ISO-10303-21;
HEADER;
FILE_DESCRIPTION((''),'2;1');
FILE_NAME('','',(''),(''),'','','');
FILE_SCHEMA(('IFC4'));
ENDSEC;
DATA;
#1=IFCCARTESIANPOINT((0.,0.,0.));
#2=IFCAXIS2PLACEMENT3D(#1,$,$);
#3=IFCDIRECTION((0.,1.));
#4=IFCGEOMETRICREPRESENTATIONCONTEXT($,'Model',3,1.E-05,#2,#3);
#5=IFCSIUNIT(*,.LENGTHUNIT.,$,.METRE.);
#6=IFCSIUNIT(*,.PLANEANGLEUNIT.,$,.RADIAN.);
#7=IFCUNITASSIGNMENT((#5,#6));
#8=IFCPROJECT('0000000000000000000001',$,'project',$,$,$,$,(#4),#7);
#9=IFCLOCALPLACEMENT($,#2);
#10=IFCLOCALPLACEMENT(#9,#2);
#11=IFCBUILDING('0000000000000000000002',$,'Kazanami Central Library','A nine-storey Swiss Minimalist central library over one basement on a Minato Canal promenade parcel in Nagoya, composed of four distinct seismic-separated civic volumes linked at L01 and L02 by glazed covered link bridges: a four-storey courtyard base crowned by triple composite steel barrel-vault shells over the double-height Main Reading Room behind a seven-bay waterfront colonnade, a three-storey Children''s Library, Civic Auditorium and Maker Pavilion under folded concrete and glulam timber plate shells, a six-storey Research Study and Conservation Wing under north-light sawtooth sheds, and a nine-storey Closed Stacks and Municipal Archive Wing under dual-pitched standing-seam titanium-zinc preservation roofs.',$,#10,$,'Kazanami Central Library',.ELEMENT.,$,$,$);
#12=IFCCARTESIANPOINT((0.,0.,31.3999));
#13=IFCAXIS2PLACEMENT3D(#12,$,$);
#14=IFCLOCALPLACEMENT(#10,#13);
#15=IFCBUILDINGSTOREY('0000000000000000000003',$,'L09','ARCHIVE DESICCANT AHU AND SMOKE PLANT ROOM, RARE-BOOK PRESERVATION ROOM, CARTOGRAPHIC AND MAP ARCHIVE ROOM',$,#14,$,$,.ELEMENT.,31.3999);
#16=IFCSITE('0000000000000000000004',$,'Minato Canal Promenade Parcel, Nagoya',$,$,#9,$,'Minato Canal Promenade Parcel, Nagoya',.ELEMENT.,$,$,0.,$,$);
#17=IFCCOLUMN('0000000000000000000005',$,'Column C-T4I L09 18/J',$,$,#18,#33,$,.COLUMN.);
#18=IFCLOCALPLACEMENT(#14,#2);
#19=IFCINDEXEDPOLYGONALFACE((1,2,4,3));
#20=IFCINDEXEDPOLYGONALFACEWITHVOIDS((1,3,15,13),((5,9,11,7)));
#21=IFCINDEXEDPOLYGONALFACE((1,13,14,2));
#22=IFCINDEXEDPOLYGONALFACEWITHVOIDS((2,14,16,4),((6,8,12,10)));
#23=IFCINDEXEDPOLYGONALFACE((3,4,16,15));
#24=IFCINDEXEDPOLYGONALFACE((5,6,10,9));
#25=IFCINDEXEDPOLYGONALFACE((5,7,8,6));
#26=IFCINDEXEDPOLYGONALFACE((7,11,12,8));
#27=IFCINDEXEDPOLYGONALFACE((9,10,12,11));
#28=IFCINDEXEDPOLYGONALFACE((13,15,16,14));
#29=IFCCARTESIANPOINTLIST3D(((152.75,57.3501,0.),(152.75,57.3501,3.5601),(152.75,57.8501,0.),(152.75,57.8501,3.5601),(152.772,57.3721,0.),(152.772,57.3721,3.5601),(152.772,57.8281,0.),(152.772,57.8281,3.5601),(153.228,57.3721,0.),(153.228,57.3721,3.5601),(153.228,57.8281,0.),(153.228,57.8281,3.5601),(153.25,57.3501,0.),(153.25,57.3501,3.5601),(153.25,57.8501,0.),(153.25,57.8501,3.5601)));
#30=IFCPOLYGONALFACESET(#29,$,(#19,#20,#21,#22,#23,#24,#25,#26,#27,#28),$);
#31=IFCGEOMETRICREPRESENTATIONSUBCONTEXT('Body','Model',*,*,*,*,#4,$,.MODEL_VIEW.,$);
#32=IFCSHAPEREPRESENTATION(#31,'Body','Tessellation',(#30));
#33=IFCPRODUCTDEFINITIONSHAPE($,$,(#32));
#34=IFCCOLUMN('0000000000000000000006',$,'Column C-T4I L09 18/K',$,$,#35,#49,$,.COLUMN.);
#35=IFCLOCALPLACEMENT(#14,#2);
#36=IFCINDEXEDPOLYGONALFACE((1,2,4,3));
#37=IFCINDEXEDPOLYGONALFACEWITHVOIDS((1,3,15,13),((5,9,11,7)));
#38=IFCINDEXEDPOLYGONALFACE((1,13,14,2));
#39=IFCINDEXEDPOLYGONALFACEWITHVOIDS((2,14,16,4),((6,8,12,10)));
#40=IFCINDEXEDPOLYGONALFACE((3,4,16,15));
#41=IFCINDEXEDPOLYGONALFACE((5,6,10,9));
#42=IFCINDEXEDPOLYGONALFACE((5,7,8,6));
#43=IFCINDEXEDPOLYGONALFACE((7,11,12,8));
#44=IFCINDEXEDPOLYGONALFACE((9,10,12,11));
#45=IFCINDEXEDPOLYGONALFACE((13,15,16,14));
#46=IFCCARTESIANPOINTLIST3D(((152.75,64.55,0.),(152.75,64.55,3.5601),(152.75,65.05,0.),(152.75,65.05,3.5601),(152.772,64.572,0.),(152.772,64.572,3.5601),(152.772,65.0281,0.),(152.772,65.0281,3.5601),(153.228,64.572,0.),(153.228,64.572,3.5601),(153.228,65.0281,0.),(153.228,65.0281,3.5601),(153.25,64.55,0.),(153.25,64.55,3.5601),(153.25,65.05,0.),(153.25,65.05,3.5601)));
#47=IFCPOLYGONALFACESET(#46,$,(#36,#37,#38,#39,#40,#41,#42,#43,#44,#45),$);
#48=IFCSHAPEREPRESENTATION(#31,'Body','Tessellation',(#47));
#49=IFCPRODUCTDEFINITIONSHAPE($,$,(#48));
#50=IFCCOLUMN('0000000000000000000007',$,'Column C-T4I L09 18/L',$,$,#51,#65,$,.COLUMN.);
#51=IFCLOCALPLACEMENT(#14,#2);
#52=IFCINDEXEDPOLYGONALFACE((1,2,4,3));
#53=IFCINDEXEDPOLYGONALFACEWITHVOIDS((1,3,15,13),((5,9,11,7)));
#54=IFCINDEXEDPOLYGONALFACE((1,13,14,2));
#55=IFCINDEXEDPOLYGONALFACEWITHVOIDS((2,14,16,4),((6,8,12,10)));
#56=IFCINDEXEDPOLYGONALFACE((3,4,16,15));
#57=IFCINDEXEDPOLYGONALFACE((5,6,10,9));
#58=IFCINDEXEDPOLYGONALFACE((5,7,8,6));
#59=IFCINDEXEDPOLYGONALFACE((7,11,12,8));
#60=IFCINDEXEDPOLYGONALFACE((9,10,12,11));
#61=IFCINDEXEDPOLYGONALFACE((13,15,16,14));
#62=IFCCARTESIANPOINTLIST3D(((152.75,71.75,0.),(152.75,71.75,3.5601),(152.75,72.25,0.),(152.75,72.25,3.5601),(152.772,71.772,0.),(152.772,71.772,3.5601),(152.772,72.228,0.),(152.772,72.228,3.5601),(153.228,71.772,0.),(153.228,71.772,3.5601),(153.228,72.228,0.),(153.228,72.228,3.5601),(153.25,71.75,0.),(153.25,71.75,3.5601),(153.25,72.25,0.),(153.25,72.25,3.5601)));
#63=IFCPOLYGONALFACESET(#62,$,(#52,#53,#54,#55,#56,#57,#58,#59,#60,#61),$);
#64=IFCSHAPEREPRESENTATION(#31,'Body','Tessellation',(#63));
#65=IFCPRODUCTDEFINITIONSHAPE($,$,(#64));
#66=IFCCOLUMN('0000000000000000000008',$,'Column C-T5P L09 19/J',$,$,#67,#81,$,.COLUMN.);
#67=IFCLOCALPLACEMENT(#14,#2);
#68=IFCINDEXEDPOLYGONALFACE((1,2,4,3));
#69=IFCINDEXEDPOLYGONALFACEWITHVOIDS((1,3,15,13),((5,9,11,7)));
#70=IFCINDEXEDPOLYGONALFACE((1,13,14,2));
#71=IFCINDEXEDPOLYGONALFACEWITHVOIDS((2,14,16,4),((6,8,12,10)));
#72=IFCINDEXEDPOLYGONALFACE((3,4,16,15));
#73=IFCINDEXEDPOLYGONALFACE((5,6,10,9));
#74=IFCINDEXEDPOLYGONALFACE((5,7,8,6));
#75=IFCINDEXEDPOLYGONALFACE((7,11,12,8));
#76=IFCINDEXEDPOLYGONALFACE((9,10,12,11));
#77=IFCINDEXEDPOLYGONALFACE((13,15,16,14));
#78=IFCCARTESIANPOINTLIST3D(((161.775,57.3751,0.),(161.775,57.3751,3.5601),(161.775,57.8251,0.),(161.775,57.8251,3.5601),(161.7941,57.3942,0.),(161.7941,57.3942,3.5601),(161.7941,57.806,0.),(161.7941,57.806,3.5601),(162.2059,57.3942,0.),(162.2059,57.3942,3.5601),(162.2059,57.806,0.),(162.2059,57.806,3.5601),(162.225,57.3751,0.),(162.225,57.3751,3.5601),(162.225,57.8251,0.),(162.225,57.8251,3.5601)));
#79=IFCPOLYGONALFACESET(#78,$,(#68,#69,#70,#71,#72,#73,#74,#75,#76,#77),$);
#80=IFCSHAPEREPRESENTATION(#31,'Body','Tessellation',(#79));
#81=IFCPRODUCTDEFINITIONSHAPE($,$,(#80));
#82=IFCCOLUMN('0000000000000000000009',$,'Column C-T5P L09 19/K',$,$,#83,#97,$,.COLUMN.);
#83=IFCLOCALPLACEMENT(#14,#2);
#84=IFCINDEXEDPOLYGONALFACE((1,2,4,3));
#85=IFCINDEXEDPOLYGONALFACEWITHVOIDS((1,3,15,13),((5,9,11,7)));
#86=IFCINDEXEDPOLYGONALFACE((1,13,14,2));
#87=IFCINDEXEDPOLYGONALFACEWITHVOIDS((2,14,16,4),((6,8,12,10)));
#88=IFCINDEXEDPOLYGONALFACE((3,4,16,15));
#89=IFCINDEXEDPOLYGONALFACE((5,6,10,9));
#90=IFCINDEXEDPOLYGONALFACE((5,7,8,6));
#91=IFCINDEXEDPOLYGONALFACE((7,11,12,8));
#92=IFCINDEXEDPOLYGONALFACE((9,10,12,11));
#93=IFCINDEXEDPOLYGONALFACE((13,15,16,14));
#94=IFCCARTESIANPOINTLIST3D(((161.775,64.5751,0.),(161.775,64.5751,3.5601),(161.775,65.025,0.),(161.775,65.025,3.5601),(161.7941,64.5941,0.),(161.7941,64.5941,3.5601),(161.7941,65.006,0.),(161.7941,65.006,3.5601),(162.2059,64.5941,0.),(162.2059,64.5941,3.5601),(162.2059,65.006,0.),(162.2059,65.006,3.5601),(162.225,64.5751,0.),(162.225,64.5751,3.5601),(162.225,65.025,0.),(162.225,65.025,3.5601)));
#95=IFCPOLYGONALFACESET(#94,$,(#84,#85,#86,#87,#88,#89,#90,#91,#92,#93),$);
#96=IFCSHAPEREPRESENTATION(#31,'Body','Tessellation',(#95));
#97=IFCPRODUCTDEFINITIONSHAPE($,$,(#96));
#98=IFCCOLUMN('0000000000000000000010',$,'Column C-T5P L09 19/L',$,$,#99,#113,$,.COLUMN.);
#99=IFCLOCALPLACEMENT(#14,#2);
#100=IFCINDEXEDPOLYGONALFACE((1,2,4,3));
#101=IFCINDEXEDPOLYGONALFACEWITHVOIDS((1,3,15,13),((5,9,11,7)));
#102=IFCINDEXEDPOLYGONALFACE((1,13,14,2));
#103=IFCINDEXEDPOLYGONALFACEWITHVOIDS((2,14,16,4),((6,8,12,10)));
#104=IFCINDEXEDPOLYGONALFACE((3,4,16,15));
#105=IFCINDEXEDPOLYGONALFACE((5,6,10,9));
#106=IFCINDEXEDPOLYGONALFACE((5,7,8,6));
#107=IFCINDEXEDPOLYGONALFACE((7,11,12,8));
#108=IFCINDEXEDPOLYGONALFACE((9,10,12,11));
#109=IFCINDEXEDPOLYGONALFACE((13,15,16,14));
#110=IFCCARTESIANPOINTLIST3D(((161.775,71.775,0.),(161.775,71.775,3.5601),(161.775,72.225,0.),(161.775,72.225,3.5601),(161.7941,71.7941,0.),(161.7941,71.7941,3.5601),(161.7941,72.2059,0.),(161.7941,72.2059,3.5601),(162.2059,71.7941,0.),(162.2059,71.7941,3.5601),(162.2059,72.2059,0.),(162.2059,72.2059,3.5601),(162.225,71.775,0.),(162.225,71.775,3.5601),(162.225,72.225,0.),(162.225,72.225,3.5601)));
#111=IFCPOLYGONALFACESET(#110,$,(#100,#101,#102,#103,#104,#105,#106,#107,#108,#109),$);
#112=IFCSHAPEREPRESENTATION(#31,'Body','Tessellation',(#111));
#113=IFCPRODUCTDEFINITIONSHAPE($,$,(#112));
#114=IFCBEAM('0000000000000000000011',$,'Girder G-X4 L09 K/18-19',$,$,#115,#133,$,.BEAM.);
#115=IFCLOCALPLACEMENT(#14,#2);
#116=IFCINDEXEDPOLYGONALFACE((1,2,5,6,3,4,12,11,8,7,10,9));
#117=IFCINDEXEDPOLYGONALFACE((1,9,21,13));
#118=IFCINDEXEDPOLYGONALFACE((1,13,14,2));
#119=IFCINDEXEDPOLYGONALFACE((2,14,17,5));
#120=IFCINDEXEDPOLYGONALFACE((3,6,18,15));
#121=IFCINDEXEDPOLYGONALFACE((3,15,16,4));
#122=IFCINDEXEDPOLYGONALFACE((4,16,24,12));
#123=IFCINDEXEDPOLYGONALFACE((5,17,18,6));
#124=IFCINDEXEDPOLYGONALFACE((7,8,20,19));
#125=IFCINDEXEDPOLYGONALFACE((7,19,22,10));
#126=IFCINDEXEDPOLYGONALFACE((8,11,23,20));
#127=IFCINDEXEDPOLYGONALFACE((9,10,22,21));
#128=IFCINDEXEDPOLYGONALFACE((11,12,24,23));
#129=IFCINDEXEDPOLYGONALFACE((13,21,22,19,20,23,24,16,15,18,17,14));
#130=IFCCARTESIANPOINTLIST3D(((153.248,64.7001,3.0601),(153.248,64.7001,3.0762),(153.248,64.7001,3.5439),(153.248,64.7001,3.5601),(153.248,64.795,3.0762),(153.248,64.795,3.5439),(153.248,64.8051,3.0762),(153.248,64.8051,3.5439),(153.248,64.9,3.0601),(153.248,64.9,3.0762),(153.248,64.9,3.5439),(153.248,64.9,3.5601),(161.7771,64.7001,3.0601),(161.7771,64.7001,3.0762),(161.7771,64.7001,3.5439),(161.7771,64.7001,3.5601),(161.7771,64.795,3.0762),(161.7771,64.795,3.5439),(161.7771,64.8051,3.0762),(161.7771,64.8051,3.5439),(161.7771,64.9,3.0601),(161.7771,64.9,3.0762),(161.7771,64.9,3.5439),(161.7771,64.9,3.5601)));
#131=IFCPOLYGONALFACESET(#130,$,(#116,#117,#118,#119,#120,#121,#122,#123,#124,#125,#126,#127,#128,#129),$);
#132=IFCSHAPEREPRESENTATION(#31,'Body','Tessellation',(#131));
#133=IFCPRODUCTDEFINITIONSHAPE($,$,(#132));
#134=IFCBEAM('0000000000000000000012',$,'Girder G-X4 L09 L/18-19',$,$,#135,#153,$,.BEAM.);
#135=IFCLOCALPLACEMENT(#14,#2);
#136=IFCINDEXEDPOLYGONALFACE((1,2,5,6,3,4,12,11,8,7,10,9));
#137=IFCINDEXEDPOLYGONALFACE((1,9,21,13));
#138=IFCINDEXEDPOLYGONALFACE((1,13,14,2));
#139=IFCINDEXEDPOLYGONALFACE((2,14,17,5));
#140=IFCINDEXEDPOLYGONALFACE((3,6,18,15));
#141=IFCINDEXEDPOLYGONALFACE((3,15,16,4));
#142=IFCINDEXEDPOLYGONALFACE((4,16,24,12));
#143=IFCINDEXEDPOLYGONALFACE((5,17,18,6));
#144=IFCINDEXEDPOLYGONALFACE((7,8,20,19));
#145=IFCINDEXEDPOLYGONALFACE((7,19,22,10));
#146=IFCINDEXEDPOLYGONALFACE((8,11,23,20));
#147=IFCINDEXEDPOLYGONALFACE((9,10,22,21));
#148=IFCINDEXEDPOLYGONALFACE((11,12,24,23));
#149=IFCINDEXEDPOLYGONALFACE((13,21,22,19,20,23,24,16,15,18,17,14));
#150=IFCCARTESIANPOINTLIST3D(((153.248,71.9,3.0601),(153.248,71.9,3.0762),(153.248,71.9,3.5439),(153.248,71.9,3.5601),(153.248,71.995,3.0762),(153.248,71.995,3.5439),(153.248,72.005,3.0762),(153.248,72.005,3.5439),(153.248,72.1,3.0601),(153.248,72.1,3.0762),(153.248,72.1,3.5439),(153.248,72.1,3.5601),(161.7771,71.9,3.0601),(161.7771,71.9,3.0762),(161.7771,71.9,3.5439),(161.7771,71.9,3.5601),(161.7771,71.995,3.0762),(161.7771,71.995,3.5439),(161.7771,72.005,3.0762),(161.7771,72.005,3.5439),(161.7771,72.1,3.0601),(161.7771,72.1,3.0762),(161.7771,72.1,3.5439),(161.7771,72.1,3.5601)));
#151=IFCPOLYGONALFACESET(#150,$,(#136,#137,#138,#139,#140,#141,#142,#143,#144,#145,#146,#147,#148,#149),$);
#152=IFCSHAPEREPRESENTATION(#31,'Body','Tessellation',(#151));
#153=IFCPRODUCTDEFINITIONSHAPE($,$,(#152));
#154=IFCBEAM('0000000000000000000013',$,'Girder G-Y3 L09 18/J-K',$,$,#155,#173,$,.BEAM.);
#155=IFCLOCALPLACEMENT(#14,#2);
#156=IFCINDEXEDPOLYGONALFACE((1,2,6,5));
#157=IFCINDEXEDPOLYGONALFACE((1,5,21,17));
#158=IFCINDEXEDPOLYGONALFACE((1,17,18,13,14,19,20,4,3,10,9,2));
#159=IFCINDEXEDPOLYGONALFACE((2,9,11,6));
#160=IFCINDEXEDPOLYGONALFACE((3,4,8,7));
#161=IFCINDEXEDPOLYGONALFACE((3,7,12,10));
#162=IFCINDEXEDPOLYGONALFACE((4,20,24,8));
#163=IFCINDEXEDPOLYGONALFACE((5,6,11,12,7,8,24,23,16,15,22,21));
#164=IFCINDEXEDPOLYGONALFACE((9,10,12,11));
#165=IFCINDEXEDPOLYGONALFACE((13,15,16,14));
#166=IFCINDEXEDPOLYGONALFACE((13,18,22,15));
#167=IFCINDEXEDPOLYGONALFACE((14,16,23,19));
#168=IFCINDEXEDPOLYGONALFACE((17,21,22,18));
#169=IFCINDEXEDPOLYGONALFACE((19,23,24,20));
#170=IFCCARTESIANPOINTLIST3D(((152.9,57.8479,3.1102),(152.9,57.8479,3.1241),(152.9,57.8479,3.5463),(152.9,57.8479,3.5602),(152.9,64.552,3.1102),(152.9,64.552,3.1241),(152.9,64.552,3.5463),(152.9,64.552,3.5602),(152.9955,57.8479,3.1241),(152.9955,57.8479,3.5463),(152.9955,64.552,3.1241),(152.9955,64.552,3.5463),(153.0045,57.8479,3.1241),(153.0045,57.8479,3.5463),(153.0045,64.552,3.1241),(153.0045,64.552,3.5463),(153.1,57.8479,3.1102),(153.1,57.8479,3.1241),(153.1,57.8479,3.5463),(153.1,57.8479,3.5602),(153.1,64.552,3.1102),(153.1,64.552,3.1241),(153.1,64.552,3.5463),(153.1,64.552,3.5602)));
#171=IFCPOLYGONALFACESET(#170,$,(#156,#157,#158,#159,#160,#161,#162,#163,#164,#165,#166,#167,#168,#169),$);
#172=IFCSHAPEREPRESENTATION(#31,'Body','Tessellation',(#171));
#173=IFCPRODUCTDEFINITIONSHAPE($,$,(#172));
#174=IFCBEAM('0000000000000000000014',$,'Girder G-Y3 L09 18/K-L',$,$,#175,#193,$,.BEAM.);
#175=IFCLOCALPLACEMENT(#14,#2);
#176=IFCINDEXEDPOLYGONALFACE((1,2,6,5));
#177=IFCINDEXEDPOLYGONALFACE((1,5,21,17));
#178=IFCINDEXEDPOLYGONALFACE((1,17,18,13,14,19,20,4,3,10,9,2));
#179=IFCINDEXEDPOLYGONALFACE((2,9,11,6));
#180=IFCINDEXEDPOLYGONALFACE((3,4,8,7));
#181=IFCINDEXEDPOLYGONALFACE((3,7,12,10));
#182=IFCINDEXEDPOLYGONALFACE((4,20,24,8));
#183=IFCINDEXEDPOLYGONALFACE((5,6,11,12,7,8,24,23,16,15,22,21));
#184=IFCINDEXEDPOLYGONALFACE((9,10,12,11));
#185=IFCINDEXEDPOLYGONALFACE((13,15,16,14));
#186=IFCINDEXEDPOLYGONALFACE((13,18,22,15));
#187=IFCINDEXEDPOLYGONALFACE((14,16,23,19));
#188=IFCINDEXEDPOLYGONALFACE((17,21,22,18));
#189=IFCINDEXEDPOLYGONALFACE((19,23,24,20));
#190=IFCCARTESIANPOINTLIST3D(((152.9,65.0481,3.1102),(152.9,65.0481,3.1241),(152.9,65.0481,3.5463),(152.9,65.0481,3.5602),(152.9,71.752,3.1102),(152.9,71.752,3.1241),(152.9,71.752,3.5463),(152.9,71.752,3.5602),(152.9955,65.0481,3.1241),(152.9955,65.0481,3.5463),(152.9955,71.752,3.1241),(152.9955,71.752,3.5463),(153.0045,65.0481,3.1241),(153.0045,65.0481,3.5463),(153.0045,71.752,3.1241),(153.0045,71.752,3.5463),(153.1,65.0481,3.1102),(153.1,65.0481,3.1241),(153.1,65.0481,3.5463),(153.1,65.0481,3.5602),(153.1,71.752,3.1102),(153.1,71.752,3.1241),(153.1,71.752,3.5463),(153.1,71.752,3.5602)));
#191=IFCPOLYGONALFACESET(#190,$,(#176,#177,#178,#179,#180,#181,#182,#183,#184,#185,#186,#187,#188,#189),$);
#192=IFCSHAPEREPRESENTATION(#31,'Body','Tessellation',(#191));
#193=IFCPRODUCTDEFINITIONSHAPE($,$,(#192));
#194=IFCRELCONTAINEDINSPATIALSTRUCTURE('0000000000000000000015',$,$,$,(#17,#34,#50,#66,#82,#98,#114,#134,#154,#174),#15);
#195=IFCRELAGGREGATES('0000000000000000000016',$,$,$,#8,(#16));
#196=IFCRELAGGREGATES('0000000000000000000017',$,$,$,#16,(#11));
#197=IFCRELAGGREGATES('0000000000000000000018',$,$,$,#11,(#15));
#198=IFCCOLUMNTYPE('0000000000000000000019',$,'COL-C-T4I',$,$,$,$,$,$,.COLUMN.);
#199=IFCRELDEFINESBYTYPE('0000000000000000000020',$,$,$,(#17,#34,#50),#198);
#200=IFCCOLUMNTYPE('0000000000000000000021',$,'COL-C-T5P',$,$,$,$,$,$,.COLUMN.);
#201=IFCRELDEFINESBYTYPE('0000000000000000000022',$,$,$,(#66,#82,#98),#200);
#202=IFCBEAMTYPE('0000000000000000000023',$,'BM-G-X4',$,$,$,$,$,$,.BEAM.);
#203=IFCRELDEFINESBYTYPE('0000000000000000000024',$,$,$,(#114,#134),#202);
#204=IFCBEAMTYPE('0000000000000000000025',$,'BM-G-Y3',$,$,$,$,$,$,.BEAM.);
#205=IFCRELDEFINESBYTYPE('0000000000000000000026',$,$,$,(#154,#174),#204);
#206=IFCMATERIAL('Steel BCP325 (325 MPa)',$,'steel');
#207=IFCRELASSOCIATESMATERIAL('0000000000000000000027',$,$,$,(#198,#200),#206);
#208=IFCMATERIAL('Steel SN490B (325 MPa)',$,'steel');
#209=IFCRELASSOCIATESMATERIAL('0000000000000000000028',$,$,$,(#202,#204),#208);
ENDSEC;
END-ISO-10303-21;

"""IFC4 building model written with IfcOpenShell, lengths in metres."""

from ifc_helpers import new_model, si_unit, direction, frame, origin, origin_2d, place, context, subcontext, project, spatial, hollow_rectangle, i_section, extrude, material, material_profile, profile_set, type_object, element, save


model = new_model("IFC4")

# Units and contexts
model_context = context("Model", 3, precision=1e-05, world=origin(), true_north=direction((0.0, 1.0)))
body_context = subcontext(model_context, "Body", "Model", "MODEL_VIEW")
ifc_project = project(units=[si_unit("LENGTHUNIT", "METRE"), si_unit("PLANEANGLEUNIT", "RADIAN")], contexts=[model_context])

# Site, building, storey
site_placement = place(None, origin())
site = spatial("IfcSite", under=ifc_project, at=site_placement, Name="Minato Canal Promenade Parcel, Nagoya", LongName="Minato Canal Promenade Parcel, Nagoya", CompositionType="ELEMENT", RefElevation=0.0)
building_placement = place(site_placement, origin())
building = spatial("IfcBuilding", under=site, at=building_placement, Name="Kazanami Central Library", Description="A nine-storey Swiss Minimalist central library over one basement on a Minato Canal promenade parcel in Nagoya, composed of four distinct seismic-separated civic volumes linked at L01 and L02 by glazed covered link bridges: a four-storey courtyard base crowned by triple composite steel barrel-vault shells over the double-height Main Reading Room behind a seven-bay waterfront colonnade, a three-storey Children's Library, Civic Auditorium and Maker Pavilion under folded concrete and glulam timber plate shells, a six-storey Research Study and Conservation Wing under north-light sawtooth sheds, and a nine-storey Closed Stacks and Municipal Archive Wing under dual-pitched standing-seam titanium-zinc preservation roofs.", LongName="Kazanami Central Library", CompositionType="ELEMENT")
storey_placement = place(building_placement, frame((0.0, 0.0, 31.3999)))
storey = spatial("IfcBuildingStorey", under=building, at=storey_placement, Name="L09", Description="ARCHIVE DESICCANT AHU AND SMOKE PLANT ROOM, RARE-BOOK PRESERVATION ROOM, CARTOGRAPHIC AND MAP ARCHIVE ROOM", CompositionType="ELEMENT", Elevation=31.3999)

# Columns
ifc_material_1 = material(Name="Steel BCP325 (325 MPa)", Category="steel")
ifc_material_profile_1 = material_profile(ifc_material_1, hollow_rectangle(XDim=0.5, YDim=0.5, WallThickness=0.022, at=origin_2d()), Name="BCP-500x500x22")
ifc_profile_set_1 = profile_set([ifc_material_profile_1], Name="Steel BCP325 (325 MPa)")
column_type_1 = type_object("IfcColumnType", Name="COL-C-T4I", PredefinedType="COLUMN", material=ifc_profile_set_1)
for number, where, z_axis, x_axis, name in (
    (1, (153.0, 57.6001, 0.0), (0.0, 0.0, 1.0), (1.0, 0.0, 0.0), "Column C-T4I L09 18/J"),
    (2, (153.0, 64.8, 0.0), (0.0, 0.0, 1.0), (1.0, 0.0, 0.0), "Column C-T4I L09 18/K"),
    (3, (153.0, 72.0, 0.0), (0.0, 0.0, 1.0), (1.0, 0.0, 0.0), "Column C-T4I L09 18/L"),
):
    element("IfcColumn", number, at=place(storey_placement, frame(where, z_axis=z_axis, x_axis=x_axis)), inside=storey, type_object=column_type_1, Name=name, PredefinedType="COLUMN", context=body_context, shape_type="SweptSolid", body=[
        extrude(hollow_rectangle(XDim=0.5, YDim=0.5, WallThickness=0.022, at=origin_2d()), origin(), (0.0, 0.0, 1.0), 3.5601),
    ])
ifc_material_profile_2 = material_profile(ifc_material_1, hollow_rectangle(XDim=0.45, YDim=0.45, WallThickness=0.019, at=origin_2d()), Name="BCP-450x450x19")
ifc_profile_set_2 = profile_set([ifc_material_profile_2], Name="Steel BCP325 (325 MPa)")
column_type_2 = type_object("IfcColumnType", Name="COL-C-T5P", PredefinedType="COLUMN", material=ifc_profile_set_2)
for number, where, z_axis, x_axis, name in (
    (4, (162.0, 57.6001, 0.0), (0.0, 0.0, 1.0), (1.0, 0.0, 0.0), "Column C-T5P L09 19/J"),
    (5, (162.0, 64.8, 0.0), (0.0, 0.0, 1.0), (1.0, 0.0, 0.0), "Column C-T5P L09 19/K"),
    (6, (162.0, 72.0, 0.0), (0.0, 0.0, 1.0), (1.0, 0.0, 0.0), "Column C-T5P L09 19/L"),
):
    element("IfcColumn", number, at=place(storey_placement, frame(where, z_axis=z_axis, x_axis=x_axis)), inside=storey, type_object=column_type_2, Name=name, PredefinedType="COLUMN", context=body_context, shape_type="SweptSolid", body=[
        extrude(hollow_rectangle(XDim=0.45, YDim=0.45, WallThickness=0.019, at=origin_2d()), origin(), (0.0, 0.0, 1.0), 3.5601),
    ])

# Beams
ifc_material_2 = material(Name="Steel SN490B (325 MPa)", Category="steel")
ifc_material_profile_3 = material_profile(ifc_material_2, i_section(OverallWidth=0.2, OverallDepth=0.5, WebThickness=0.01, FlangeThickness=0.0161, at=origin_2d()), Name="H-500x200x10x16")
ifc_profile_set_3 = profile_set([ifc_material_profile_3], Name="Steel SN490B (325 MPa)")
beam_type_1 = type_object("IfcBeamType", Name="BM-G-X4", PredefinedType="BEAM", material=ifc_profile_set_3)
for number, where, z_axis, x_axis, name in (
    (7, (153.248, 64.8, 3.3101), (1.0, 0.0, 0.0), (0.0, 1.0, 0.0), "Girder G-X4 L09 K/18-19"),
    (8, (153.248, 72.0, 3.3101), (1.0, 0.0, 0.0), (0.0, 1.0, 0.0), "Girder G-X4 L09 L/18-19"),
):
    element("IfcBeam", number, at=place(storey_placement, frame(where, z_axis=z_axis, x_axis=x_axis)), inside=storey, type_object=beam_type_1, Name=name, PredefinedType="BEAM", context=body_context, shape_type="SweptSolid", body=[
        extrude(i_section(OverallWidth=0.2, OverallDepth=0.5, WebThickness=0.01, FlangeThickness=0.0161, at=origin_2d()), origin(), (0.0, 0.0, 1.0), 8.5291),
    ])
ifc_material_profile_4 = material_profile(ifc_material_2, i_section(OverallWidth=0.2, OverallDepth=0.45, WebThickness=0.009, FlangeThickness=0.0139, at=origin_2d()), Name="H-450x200x9x14")
ifc_profile_set_4 = profile_set([ifc_material_profile_4], Name="Steel SN490B (325 MPa)")
beam_type_2 = type_object("IfcBeamType", Name="BM-G-Y3", PredefinedType="BEAM", material=ifc_profile_set_4)
beam_1_placement = place(storey_placement, frame((153.0, 57.8479, 3.3352), z_axis=(0.0, 1.0, 0.0), x_axis=(-1.0, 0.0, 0.0)))
element("IfcBeam", 9, at=beam_1_placement, inside=storey, type_object=beam_type_2, Name="Girder G-Y3 L09 18/J-K", PredefinedType="BEAM", context=body_context, shape_type="SweptSolid", body=[
    extrude(i_section(OverallWidth=0.2, OverallDepth=0.45, WebThickness=0.009, FlangeThickness=0.0139, at=origin_2d()), origin(), (0.0, 0.0, 1.0), 6.7041),
])
for number, where, z_axis, x_axis, name in (
    (10, (153.0, 65.0481, 3.3352), (0.0, 1.0, 0.0), (-1.0, 0.0, 0.0), "Girder G-Y3 L09 18/K-L"),
):
    element("IfcBeam", number, at=place(storey_placement, frame(where, z_axis=z_axis, x_axis=x_axis)), inside=storey, type_object=beam_type_2, Name=name, PredefinedType="BEAM", context=body_context, shape_type="SweptSolid", body=[
        extrude(i_section(OverallWidth=0.2, OverallDepth=0.45, WebThickness=0.009, FlangeThickness=0.0139, at=origin_2d()), origin(), (0.0, 0.0, 1.0), 6.7039),
    ])

save(model, "model.ifc")
